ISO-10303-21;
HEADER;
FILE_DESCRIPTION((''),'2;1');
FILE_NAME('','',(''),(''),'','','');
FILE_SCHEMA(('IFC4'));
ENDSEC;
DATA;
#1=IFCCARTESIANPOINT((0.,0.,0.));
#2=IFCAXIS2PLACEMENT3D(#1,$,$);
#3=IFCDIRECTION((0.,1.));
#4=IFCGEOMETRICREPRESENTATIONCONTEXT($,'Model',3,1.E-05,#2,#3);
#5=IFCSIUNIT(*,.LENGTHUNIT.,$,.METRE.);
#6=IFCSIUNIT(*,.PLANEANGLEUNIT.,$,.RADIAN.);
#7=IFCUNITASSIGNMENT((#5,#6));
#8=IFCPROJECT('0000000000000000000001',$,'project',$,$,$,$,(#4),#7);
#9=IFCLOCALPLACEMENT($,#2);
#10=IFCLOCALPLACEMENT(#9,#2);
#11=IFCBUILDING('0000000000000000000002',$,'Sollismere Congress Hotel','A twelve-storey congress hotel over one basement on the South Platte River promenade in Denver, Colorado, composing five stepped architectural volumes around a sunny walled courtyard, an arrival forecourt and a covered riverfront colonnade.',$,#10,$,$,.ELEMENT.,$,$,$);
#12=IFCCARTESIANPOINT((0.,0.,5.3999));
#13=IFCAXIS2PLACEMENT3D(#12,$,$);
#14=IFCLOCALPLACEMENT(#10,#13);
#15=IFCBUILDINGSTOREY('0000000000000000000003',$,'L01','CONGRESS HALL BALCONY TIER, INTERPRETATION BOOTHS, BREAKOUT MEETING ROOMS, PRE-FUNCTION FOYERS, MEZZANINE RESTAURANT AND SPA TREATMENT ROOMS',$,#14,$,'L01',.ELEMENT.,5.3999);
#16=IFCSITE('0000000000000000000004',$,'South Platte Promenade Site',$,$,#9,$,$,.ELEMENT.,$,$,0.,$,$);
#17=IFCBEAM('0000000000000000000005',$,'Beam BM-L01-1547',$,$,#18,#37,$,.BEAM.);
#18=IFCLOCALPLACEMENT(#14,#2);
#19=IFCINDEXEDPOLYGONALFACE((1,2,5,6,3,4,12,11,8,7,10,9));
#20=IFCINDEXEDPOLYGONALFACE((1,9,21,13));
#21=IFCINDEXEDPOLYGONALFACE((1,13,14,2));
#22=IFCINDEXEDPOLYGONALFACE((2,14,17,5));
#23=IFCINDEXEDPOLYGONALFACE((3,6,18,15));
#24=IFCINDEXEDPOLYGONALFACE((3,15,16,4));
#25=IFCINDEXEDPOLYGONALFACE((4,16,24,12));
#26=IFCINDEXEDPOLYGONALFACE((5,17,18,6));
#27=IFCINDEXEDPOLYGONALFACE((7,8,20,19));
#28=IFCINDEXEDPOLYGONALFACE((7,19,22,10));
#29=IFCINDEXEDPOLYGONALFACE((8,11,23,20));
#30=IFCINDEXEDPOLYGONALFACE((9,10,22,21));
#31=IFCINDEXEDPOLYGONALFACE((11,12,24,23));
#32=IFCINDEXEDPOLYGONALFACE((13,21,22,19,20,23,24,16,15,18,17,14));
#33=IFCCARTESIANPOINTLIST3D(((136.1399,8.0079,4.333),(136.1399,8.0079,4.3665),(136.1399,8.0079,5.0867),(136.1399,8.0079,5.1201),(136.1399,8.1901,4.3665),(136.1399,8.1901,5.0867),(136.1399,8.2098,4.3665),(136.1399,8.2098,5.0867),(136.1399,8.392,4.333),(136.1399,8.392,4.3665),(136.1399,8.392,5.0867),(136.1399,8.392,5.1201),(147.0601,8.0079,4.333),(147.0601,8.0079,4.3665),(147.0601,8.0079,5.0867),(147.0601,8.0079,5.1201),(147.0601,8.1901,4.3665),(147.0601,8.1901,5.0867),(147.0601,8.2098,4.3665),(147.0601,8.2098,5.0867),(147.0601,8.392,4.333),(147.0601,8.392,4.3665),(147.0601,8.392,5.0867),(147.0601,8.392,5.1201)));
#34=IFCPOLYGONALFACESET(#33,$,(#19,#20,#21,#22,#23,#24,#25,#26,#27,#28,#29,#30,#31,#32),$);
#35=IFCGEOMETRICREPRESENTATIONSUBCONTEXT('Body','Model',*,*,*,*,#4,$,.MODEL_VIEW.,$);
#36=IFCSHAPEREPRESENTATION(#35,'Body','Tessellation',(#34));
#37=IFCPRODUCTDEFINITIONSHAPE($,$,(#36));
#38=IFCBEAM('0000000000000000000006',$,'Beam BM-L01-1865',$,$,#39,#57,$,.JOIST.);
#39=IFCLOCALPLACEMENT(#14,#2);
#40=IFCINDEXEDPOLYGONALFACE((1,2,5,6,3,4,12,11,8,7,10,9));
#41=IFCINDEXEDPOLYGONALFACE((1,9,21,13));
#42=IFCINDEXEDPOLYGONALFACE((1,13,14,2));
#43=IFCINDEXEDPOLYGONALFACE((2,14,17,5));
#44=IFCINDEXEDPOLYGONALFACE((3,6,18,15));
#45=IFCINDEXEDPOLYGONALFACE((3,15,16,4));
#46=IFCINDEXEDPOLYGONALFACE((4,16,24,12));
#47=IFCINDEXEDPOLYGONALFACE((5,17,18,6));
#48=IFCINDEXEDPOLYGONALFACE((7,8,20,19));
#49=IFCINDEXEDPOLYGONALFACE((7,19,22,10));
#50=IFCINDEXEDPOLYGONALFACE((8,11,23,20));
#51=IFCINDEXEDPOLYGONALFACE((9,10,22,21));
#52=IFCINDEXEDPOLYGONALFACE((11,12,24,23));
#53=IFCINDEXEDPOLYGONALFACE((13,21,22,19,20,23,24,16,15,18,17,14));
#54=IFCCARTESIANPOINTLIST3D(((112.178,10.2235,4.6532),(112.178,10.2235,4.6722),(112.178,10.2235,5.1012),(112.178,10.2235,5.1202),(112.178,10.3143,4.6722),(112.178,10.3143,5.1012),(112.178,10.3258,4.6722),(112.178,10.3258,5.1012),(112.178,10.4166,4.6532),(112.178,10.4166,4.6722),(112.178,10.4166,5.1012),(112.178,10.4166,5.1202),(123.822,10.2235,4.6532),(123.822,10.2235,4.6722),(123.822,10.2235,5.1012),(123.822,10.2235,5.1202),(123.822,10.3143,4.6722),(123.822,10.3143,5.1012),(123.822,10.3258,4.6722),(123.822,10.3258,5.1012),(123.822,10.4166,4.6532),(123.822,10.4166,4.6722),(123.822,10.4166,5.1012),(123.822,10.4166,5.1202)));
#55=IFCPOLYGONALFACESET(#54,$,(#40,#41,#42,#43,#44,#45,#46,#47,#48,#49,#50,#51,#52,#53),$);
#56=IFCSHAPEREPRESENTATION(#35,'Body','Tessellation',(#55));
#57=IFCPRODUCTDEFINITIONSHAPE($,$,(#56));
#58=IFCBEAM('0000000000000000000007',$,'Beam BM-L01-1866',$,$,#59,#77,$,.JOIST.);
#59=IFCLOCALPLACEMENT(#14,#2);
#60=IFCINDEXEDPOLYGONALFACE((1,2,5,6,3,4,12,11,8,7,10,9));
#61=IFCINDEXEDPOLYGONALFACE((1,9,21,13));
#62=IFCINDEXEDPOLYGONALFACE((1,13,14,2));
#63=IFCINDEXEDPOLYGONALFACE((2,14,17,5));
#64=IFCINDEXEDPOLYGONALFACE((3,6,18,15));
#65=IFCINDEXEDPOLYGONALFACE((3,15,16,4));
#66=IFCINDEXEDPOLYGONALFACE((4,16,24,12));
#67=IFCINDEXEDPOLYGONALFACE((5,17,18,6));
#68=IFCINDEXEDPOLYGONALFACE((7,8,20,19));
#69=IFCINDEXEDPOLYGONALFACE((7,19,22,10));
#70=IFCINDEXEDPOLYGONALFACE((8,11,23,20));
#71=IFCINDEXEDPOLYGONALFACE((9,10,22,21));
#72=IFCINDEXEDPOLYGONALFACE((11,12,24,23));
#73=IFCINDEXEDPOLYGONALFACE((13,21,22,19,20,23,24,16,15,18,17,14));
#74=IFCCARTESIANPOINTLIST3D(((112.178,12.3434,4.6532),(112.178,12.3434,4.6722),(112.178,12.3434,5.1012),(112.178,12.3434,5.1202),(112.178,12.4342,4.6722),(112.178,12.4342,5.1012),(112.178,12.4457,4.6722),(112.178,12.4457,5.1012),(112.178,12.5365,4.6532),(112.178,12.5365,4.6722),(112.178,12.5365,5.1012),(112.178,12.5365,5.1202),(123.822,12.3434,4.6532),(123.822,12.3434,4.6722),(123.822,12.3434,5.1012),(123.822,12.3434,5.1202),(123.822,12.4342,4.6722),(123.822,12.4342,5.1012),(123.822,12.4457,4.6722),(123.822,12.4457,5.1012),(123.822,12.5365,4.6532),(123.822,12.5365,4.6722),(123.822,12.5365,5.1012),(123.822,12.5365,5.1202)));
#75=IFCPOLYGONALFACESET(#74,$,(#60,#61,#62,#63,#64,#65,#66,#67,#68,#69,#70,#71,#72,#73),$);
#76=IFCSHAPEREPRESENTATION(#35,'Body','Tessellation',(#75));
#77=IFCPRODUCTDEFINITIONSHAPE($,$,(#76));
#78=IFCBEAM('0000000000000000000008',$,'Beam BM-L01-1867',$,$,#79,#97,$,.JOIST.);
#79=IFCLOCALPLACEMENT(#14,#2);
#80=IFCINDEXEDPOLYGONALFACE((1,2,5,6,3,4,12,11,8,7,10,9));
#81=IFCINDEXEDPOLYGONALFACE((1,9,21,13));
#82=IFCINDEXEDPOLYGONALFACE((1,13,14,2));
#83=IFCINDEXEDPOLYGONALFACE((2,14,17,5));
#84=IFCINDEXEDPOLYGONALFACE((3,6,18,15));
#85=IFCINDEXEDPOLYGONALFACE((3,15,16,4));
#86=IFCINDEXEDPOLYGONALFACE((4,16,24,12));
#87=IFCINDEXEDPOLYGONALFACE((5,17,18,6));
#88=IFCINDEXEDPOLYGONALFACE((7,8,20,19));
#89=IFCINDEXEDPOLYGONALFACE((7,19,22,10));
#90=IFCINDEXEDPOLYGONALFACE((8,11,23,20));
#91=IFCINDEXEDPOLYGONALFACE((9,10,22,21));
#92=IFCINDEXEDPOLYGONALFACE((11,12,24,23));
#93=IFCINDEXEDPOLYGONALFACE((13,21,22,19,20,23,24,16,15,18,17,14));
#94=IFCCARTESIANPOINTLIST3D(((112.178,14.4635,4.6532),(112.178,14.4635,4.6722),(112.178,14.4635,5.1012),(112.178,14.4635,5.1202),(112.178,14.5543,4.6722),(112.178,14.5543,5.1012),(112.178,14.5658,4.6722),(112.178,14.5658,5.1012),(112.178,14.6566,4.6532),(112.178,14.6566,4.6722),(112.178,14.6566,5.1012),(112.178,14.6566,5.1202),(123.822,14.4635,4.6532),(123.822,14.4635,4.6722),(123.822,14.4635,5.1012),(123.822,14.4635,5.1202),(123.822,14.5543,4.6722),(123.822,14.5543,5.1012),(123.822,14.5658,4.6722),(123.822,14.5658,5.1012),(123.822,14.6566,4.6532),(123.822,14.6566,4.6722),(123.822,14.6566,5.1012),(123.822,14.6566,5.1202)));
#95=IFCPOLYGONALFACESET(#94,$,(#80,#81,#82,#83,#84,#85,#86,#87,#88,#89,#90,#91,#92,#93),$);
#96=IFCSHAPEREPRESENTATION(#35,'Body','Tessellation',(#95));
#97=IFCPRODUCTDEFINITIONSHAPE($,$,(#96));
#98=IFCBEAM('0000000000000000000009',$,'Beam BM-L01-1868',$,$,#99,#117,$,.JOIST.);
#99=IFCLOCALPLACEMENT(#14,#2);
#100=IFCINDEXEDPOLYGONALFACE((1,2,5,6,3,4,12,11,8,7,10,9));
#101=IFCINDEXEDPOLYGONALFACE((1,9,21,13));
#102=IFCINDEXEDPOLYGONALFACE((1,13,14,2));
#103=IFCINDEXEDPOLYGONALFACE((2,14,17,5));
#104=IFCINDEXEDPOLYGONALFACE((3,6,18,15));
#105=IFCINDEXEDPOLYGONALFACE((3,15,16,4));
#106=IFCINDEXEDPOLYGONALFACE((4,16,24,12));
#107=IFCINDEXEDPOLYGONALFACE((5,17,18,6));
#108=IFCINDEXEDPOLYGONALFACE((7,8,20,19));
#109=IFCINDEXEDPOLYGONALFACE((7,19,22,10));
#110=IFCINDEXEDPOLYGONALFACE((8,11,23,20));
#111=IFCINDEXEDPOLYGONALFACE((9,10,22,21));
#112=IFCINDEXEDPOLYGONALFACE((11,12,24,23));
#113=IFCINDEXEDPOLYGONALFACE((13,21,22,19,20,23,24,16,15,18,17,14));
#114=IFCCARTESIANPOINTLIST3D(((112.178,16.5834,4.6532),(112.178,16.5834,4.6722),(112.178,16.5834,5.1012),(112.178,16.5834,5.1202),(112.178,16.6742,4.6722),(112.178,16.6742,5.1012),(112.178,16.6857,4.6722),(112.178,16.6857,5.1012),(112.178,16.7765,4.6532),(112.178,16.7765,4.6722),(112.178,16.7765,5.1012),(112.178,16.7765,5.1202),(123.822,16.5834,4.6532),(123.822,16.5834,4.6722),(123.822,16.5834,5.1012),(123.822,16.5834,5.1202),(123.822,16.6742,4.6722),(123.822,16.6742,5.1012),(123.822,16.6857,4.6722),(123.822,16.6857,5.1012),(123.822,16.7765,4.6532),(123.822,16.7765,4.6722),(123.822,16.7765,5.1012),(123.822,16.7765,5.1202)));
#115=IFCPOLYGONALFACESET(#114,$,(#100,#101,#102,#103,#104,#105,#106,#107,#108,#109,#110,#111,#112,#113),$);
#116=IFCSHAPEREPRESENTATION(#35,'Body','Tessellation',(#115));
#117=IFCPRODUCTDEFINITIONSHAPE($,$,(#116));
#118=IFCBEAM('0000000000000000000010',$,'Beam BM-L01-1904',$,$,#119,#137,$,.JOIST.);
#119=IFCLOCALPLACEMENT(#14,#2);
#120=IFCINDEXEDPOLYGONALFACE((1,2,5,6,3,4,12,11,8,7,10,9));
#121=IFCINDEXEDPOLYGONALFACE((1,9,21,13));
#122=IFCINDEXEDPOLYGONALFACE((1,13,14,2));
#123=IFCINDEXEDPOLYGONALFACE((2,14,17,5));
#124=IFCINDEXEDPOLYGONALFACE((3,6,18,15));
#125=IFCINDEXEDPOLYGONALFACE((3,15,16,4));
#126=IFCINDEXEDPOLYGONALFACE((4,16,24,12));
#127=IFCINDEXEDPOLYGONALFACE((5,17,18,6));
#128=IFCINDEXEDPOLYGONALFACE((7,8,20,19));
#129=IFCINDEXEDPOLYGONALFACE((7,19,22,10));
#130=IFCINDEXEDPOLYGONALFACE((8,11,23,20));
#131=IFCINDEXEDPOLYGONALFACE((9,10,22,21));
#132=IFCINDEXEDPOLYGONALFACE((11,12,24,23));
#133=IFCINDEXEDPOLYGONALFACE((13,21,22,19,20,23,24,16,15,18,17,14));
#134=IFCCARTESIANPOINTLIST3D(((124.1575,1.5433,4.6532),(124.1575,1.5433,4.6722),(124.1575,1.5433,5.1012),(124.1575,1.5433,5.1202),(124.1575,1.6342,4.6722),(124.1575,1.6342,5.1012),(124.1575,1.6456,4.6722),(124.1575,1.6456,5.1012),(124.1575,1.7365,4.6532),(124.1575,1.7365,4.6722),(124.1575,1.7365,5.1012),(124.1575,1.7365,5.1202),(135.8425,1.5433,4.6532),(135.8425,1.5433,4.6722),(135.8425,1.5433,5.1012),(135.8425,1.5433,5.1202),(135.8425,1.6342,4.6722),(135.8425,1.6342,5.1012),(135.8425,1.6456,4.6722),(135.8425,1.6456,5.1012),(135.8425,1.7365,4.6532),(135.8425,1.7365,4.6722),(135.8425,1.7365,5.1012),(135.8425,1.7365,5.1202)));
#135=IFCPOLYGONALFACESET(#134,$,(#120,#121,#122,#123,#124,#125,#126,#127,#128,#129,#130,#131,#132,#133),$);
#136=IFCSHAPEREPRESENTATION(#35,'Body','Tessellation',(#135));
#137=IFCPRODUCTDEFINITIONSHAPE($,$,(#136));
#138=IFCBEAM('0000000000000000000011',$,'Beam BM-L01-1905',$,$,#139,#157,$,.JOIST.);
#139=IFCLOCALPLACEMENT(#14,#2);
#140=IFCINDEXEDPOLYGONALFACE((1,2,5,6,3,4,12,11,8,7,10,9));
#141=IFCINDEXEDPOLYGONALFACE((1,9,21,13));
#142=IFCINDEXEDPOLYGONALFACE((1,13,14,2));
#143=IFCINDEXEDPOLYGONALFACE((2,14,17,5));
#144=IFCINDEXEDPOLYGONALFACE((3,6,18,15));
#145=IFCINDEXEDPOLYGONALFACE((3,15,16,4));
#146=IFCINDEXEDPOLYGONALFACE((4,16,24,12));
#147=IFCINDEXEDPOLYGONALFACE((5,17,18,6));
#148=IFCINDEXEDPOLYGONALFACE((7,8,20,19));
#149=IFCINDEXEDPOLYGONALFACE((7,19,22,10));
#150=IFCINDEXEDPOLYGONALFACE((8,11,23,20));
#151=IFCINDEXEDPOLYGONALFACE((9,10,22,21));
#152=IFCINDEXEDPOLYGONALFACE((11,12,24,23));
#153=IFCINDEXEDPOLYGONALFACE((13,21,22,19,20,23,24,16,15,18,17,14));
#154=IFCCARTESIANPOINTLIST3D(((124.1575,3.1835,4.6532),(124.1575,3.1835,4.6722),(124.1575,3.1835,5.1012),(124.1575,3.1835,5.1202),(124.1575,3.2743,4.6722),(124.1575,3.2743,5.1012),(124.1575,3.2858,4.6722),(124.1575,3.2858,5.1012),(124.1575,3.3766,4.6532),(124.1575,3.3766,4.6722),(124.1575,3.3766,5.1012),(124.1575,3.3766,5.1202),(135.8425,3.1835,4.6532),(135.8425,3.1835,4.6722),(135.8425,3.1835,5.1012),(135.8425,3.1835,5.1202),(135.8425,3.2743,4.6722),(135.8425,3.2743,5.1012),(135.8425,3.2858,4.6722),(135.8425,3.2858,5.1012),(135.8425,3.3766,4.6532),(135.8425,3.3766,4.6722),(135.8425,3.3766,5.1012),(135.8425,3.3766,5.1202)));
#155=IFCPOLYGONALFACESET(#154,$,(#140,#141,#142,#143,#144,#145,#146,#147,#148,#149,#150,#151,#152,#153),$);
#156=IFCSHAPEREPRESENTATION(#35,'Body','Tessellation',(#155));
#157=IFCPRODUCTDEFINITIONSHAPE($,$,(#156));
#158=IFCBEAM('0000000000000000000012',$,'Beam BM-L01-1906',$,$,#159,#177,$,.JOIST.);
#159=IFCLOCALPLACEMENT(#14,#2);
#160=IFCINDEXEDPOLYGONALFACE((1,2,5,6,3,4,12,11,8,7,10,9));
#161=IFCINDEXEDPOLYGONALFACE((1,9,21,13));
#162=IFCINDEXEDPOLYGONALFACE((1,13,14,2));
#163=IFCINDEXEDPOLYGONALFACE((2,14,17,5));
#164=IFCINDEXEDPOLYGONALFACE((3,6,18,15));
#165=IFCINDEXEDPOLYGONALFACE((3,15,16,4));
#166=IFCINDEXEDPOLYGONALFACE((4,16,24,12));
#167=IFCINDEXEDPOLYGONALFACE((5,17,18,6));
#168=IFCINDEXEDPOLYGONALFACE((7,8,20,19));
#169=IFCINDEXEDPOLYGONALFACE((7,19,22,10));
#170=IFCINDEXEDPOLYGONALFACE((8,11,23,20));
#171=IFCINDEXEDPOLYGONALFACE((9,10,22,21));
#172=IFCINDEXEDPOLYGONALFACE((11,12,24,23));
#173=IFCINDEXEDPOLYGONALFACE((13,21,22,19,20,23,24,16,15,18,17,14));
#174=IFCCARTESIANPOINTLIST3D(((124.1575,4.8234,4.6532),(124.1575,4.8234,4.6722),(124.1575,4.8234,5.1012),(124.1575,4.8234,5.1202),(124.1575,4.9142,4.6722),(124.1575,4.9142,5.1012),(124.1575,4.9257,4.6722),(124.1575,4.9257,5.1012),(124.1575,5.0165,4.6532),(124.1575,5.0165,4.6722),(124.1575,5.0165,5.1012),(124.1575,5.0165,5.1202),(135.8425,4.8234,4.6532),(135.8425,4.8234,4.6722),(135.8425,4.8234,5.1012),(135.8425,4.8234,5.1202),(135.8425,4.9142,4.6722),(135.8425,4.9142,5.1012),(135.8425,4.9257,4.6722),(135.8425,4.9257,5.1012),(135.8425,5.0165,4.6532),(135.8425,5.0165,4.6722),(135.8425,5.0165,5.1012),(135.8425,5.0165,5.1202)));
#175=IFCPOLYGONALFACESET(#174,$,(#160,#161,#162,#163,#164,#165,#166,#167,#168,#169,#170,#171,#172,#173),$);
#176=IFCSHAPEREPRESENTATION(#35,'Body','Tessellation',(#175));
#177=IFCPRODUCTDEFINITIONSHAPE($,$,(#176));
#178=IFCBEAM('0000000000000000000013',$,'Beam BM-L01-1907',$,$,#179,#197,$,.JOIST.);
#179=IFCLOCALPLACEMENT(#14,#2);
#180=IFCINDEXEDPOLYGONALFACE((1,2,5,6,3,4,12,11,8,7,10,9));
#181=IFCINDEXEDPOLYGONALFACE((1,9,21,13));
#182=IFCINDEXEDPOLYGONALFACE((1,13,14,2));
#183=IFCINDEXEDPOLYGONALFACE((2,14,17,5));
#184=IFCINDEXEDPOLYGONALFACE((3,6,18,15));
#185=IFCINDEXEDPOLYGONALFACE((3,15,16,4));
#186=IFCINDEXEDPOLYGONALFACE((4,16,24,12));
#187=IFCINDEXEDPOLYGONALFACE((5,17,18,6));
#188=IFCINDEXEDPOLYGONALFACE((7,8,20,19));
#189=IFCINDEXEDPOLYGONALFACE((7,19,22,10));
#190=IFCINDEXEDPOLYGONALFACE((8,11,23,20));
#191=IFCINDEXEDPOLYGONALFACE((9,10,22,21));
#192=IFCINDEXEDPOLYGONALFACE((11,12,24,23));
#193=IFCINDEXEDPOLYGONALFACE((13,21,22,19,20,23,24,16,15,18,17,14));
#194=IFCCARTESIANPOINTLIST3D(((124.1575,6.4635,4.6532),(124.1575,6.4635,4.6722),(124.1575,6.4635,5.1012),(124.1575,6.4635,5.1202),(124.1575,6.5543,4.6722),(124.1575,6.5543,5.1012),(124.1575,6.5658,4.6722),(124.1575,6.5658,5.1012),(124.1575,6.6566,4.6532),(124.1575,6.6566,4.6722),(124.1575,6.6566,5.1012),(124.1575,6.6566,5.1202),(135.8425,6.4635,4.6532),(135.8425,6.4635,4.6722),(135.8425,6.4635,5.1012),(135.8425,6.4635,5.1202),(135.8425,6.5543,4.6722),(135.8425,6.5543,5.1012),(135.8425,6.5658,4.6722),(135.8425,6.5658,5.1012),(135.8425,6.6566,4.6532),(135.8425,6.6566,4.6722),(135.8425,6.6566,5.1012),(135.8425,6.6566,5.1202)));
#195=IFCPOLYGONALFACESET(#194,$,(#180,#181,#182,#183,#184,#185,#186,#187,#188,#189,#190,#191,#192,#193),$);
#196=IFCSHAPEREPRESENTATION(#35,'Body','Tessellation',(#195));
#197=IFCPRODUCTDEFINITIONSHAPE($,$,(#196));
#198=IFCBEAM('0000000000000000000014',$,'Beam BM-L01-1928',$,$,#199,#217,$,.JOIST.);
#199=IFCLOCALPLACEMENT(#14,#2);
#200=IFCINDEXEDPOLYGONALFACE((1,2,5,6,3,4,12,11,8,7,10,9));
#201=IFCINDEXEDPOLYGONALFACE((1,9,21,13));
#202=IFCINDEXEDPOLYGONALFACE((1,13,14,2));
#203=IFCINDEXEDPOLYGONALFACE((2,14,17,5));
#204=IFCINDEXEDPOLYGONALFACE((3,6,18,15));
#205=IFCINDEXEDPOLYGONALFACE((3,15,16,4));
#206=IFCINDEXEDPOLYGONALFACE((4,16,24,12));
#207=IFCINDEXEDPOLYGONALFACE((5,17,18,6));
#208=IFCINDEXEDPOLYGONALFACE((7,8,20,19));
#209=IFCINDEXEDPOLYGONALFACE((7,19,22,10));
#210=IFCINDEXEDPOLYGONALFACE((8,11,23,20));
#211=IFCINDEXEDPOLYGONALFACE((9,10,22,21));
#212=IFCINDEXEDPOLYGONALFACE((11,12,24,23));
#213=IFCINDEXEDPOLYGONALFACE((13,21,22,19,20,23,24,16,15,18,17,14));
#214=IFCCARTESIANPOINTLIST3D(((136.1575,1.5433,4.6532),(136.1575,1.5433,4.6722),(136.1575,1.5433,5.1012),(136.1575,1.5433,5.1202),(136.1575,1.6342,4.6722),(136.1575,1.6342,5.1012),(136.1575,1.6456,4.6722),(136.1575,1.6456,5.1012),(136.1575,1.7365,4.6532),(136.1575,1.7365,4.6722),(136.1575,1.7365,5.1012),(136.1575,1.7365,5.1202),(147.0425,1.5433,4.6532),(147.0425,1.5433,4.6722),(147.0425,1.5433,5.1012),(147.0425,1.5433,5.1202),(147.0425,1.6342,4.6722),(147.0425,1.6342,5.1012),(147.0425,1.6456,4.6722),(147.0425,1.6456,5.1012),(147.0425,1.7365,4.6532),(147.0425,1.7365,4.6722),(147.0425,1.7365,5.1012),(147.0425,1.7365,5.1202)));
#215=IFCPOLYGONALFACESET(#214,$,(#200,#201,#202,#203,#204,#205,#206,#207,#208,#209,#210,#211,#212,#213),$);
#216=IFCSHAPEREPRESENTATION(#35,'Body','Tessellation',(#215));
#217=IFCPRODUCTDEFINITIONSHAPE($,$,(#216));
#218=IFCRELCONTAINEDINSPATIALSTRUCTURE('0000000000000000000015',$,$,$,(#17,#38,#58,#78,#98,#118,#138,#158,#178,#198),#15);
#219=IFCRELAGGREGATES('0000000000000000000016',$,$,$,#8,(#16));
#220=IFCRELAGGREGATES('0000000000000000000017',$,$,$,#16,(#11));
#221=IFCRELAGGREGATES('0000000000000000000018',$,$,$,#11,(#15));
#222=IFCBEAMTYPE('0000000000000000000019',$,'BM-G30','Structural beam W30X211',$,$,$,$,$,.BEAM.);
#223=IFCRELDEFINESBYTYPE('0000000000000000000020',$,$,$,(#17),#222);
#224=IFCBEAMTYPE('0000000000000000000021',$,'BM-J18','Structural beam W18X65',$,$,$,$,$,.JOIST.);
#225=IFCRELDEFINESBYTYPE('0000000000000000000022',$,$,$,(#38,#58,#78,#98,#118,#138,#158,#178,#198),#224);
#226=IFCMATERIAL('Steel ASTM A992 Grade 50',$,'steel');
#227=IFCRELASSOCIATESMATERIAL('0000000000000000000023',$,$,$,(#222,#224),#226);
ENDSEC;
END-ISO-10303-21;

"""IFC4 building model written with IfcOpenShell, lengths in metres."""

from ifc_helpers import new_model, si_unit, direction, frame, origin, origin_2d, place, context, subcontext, project, spatial, i_section, extrude, material, material_profile, profile_set, type_object, element, save


model = new_model("IFC4")

# Units and contexts
model_context = context("Model", 3, precision=1e-05, world=origin(), true_north=direction((0.0, 1.0)))
body_context = subcontext(model_context, "Body", "Model", "MODEL_VIEW")
ifc_project = project(units=[si_unit("LENGTHUNIT", "METRE"), si_unit("PLANEANGLEUNIT", "RADIAN")], contexts=[model_context])

# Site, building, storey
site_placement = place(None, origin())
site = spatial("IfcSite", under=ifc_project, at=site_placement, Name="South Platte Promenade Site", CompositionType="ELEMENT", RefElevation=0.0)
building_placement = place(site_placement, origin())
building = spatial("IfcBuilding", under=site, at=building_placement, Name="Sollismere Congress Hotel", Description="A twelve-storey congress hotel over one basement on the South Platte River promenade in Denver, Colorado, composing five stepped architectural volumes around a sunny walled courtyard, an arrival forecourt and a covered riverfront colonnade.", CompositionType="ELEMENT")
storey_placement = place(building_placement, frame((0.0, 0.0, 5.3999)))
storey = spatial("IfcBuildingStorey", under=building, at=storey_placement, Name="L01", Description="CONGRESS HALL BALCONY TIER, INTERPRETATION BOOTHS, BREAKOUT MEETING ROOMS, PRE-FUNCTION FOYERS, MEZZANINE RESTAURANT AND SPA TREATMENT ROOMS", LongName="L01", CompositionType="ELEMENT", Elevation=5.3999)

# Shared definitions
ifc_material_1 = material(Name="Steel ASTM A992 Grade 50", Category="steel")

# Beams
ifc_material_profile_1 = material_profile(ifc_material_1, i_section(OverallWidth=0.384, OverallDepth=0.7871, WebThickness=0.0198, FlangeThickness=0.0334, at=origin_2d()), Name="W30X211")
ifc_profile_set_1 = profile_set([ifc_material_profile_1], Name="Steel ASTM A992 Grade 50")
beam_type_1 = type_object("IfcBeamType", Name="BM-G30", Description="Structural beam W30X211", PredefinedType="BEAM", material=ifc_profile_set_1)
beam_1_placement = place(storey_placement, frame((136.1399, 8.2, 4.7266), z_axis=(1.0, 0.0, 0.0), x_axis=(0.0, 1.0, 0.0)))
element("IfcBeam", 1, at=beam_1_placement, inside=storey, type_object=beam_type_1, Name="Beam BM-L01-1547", PredefinedType="BEAM", context=body_context, shape_type="SweptSolid", body=[
    extrude(i_section(OverallWidth=0.384, OverallDepth=0.7871, WebThickness=0.0198, FlangeThickness=0.0334, at=origin_2d()), origin(), (0.0, 0.0, 1.0), 10.9202),
])
ifc_material_profile_2 = material_profile(ifc_material_1, i_section(OverallWidth=0.1931, OverallDepth=0.467, WebThickness=0.0115, FlangeThickness=0.019, at=origin_2d()), Name="W18X65")
ifc_profile_set_2 = profile_set([ifc_material_profile_2], Name="Steel ASTM A992 Grade 50")
beam_type_2 = type_object("IfcBeamType", Name="BM-J18", Description="Structural beam W18X65", PredefinedType="JOIST", material=ifc_profile_set_2)
for number, where, z_axis, x_axis, name in (
    (2, (112.178, 10.3201, 4.8867), (1.0, 0.0, 0.0), (0.0, 1.0, 0.0), "Beam BM-L01-1865"),
    (3, (112.178, 12.4399, 4.8867), (1.0, 0.0, 0.0), (0.0, 1.0, 0.0), "Beam BM-L01-1866"),
    (4, (112.178, 14.5601, 4.8867), (1.0, 0.0, 0.0), (0.0, 1.0, 0.0), "Beam BM-L01-1867"),
    (5, (112.178, 16.6799, 4.8867), (1.0, 0.0, 0.0), (0.0, 1.0, 0.0), "Beam BM-L01-1868"),
):
    element("IfcBeam", number, at=place(storey_placement, frame(where, z_axis=z_axis, x_axis=x_axis)), inside=storey, type_object=beam_type_2, Name=name, PredefinedType="JOIST", context=body_context, shape_type="SweptSolid", body=[
        extrude(i_section(OverallWidth=0.1931, OverallDepth=0.467, WebThickness=0.0115, FlangeThickness=0.019, at=origin_2d()), origin(), (0.0, 0.0, 1.0), 11.644),
    ])
for number, where, z_axis, x_axis, name in (
    (6, (124.1575, 1.6399, 4.8867), (1.0, 0.0, 0.0), (0.0, 1.0, 0.0), "Beam BM-L01-1904"),
    (7, (124.1575, 3.28, 4.8867), (1.0, 0.0, 0.0), (0.0, 1.0, 0.0), "Beam BM-L01-1905"),
    (8, (124.1575, 4.9199, 4.8867), (1.0, 0.0, 0.0), (0.0, 1.0, 0.0), "Beam BM-L01-1906"),
    (9, (124.1575, 6.5601, 4.8867), (1.0, 0.0, 0.0), (0.0, 1.0, 0.0), "Beam BM-L01-1907"),
):
    element("IfcBeam", number, at=place(storey_placement, frame(where, z_axis=z_axis, x_axis=x_axis)), inside=storey, type_object=beam_type_2, Name=name, PredefinedType="JOIST", context=body_context, shape_type="SweptSolid", body=[
        extrude(i_section(OverallWidth=0.1931, OverallDepth=0.467, WebThickness=0.0115, FlangeThickness=0.019, at=origin_2d()), origin(), (0.0, 0.0, 1.0), 11.6851),
    ])
beam_2_placement = place(storey_placement, frame((136.1575, 1.6399, 4.8867), z_axis=(1.0, 0.0, 0.0), x_axis=(0.0, 1.0, 0.0)))
element("IfcBeam", 10, at=beam_2_placement, inside=storey, type_object=beam_type_2, Name="Beam BM-L01-1928", PredefinedType="JOIST", context=body_context, shape_type="SweptSolid", body=[
    extrude(i_section(OverallWidth=0.1931, OverallDepth=0.467, WebThickness=0.0115, FlangeThickness=0.019, at=origin_2d()), origin(), (0.0, 0.0, 1.0), 10.885),
])

save(model, "model.ifc")
